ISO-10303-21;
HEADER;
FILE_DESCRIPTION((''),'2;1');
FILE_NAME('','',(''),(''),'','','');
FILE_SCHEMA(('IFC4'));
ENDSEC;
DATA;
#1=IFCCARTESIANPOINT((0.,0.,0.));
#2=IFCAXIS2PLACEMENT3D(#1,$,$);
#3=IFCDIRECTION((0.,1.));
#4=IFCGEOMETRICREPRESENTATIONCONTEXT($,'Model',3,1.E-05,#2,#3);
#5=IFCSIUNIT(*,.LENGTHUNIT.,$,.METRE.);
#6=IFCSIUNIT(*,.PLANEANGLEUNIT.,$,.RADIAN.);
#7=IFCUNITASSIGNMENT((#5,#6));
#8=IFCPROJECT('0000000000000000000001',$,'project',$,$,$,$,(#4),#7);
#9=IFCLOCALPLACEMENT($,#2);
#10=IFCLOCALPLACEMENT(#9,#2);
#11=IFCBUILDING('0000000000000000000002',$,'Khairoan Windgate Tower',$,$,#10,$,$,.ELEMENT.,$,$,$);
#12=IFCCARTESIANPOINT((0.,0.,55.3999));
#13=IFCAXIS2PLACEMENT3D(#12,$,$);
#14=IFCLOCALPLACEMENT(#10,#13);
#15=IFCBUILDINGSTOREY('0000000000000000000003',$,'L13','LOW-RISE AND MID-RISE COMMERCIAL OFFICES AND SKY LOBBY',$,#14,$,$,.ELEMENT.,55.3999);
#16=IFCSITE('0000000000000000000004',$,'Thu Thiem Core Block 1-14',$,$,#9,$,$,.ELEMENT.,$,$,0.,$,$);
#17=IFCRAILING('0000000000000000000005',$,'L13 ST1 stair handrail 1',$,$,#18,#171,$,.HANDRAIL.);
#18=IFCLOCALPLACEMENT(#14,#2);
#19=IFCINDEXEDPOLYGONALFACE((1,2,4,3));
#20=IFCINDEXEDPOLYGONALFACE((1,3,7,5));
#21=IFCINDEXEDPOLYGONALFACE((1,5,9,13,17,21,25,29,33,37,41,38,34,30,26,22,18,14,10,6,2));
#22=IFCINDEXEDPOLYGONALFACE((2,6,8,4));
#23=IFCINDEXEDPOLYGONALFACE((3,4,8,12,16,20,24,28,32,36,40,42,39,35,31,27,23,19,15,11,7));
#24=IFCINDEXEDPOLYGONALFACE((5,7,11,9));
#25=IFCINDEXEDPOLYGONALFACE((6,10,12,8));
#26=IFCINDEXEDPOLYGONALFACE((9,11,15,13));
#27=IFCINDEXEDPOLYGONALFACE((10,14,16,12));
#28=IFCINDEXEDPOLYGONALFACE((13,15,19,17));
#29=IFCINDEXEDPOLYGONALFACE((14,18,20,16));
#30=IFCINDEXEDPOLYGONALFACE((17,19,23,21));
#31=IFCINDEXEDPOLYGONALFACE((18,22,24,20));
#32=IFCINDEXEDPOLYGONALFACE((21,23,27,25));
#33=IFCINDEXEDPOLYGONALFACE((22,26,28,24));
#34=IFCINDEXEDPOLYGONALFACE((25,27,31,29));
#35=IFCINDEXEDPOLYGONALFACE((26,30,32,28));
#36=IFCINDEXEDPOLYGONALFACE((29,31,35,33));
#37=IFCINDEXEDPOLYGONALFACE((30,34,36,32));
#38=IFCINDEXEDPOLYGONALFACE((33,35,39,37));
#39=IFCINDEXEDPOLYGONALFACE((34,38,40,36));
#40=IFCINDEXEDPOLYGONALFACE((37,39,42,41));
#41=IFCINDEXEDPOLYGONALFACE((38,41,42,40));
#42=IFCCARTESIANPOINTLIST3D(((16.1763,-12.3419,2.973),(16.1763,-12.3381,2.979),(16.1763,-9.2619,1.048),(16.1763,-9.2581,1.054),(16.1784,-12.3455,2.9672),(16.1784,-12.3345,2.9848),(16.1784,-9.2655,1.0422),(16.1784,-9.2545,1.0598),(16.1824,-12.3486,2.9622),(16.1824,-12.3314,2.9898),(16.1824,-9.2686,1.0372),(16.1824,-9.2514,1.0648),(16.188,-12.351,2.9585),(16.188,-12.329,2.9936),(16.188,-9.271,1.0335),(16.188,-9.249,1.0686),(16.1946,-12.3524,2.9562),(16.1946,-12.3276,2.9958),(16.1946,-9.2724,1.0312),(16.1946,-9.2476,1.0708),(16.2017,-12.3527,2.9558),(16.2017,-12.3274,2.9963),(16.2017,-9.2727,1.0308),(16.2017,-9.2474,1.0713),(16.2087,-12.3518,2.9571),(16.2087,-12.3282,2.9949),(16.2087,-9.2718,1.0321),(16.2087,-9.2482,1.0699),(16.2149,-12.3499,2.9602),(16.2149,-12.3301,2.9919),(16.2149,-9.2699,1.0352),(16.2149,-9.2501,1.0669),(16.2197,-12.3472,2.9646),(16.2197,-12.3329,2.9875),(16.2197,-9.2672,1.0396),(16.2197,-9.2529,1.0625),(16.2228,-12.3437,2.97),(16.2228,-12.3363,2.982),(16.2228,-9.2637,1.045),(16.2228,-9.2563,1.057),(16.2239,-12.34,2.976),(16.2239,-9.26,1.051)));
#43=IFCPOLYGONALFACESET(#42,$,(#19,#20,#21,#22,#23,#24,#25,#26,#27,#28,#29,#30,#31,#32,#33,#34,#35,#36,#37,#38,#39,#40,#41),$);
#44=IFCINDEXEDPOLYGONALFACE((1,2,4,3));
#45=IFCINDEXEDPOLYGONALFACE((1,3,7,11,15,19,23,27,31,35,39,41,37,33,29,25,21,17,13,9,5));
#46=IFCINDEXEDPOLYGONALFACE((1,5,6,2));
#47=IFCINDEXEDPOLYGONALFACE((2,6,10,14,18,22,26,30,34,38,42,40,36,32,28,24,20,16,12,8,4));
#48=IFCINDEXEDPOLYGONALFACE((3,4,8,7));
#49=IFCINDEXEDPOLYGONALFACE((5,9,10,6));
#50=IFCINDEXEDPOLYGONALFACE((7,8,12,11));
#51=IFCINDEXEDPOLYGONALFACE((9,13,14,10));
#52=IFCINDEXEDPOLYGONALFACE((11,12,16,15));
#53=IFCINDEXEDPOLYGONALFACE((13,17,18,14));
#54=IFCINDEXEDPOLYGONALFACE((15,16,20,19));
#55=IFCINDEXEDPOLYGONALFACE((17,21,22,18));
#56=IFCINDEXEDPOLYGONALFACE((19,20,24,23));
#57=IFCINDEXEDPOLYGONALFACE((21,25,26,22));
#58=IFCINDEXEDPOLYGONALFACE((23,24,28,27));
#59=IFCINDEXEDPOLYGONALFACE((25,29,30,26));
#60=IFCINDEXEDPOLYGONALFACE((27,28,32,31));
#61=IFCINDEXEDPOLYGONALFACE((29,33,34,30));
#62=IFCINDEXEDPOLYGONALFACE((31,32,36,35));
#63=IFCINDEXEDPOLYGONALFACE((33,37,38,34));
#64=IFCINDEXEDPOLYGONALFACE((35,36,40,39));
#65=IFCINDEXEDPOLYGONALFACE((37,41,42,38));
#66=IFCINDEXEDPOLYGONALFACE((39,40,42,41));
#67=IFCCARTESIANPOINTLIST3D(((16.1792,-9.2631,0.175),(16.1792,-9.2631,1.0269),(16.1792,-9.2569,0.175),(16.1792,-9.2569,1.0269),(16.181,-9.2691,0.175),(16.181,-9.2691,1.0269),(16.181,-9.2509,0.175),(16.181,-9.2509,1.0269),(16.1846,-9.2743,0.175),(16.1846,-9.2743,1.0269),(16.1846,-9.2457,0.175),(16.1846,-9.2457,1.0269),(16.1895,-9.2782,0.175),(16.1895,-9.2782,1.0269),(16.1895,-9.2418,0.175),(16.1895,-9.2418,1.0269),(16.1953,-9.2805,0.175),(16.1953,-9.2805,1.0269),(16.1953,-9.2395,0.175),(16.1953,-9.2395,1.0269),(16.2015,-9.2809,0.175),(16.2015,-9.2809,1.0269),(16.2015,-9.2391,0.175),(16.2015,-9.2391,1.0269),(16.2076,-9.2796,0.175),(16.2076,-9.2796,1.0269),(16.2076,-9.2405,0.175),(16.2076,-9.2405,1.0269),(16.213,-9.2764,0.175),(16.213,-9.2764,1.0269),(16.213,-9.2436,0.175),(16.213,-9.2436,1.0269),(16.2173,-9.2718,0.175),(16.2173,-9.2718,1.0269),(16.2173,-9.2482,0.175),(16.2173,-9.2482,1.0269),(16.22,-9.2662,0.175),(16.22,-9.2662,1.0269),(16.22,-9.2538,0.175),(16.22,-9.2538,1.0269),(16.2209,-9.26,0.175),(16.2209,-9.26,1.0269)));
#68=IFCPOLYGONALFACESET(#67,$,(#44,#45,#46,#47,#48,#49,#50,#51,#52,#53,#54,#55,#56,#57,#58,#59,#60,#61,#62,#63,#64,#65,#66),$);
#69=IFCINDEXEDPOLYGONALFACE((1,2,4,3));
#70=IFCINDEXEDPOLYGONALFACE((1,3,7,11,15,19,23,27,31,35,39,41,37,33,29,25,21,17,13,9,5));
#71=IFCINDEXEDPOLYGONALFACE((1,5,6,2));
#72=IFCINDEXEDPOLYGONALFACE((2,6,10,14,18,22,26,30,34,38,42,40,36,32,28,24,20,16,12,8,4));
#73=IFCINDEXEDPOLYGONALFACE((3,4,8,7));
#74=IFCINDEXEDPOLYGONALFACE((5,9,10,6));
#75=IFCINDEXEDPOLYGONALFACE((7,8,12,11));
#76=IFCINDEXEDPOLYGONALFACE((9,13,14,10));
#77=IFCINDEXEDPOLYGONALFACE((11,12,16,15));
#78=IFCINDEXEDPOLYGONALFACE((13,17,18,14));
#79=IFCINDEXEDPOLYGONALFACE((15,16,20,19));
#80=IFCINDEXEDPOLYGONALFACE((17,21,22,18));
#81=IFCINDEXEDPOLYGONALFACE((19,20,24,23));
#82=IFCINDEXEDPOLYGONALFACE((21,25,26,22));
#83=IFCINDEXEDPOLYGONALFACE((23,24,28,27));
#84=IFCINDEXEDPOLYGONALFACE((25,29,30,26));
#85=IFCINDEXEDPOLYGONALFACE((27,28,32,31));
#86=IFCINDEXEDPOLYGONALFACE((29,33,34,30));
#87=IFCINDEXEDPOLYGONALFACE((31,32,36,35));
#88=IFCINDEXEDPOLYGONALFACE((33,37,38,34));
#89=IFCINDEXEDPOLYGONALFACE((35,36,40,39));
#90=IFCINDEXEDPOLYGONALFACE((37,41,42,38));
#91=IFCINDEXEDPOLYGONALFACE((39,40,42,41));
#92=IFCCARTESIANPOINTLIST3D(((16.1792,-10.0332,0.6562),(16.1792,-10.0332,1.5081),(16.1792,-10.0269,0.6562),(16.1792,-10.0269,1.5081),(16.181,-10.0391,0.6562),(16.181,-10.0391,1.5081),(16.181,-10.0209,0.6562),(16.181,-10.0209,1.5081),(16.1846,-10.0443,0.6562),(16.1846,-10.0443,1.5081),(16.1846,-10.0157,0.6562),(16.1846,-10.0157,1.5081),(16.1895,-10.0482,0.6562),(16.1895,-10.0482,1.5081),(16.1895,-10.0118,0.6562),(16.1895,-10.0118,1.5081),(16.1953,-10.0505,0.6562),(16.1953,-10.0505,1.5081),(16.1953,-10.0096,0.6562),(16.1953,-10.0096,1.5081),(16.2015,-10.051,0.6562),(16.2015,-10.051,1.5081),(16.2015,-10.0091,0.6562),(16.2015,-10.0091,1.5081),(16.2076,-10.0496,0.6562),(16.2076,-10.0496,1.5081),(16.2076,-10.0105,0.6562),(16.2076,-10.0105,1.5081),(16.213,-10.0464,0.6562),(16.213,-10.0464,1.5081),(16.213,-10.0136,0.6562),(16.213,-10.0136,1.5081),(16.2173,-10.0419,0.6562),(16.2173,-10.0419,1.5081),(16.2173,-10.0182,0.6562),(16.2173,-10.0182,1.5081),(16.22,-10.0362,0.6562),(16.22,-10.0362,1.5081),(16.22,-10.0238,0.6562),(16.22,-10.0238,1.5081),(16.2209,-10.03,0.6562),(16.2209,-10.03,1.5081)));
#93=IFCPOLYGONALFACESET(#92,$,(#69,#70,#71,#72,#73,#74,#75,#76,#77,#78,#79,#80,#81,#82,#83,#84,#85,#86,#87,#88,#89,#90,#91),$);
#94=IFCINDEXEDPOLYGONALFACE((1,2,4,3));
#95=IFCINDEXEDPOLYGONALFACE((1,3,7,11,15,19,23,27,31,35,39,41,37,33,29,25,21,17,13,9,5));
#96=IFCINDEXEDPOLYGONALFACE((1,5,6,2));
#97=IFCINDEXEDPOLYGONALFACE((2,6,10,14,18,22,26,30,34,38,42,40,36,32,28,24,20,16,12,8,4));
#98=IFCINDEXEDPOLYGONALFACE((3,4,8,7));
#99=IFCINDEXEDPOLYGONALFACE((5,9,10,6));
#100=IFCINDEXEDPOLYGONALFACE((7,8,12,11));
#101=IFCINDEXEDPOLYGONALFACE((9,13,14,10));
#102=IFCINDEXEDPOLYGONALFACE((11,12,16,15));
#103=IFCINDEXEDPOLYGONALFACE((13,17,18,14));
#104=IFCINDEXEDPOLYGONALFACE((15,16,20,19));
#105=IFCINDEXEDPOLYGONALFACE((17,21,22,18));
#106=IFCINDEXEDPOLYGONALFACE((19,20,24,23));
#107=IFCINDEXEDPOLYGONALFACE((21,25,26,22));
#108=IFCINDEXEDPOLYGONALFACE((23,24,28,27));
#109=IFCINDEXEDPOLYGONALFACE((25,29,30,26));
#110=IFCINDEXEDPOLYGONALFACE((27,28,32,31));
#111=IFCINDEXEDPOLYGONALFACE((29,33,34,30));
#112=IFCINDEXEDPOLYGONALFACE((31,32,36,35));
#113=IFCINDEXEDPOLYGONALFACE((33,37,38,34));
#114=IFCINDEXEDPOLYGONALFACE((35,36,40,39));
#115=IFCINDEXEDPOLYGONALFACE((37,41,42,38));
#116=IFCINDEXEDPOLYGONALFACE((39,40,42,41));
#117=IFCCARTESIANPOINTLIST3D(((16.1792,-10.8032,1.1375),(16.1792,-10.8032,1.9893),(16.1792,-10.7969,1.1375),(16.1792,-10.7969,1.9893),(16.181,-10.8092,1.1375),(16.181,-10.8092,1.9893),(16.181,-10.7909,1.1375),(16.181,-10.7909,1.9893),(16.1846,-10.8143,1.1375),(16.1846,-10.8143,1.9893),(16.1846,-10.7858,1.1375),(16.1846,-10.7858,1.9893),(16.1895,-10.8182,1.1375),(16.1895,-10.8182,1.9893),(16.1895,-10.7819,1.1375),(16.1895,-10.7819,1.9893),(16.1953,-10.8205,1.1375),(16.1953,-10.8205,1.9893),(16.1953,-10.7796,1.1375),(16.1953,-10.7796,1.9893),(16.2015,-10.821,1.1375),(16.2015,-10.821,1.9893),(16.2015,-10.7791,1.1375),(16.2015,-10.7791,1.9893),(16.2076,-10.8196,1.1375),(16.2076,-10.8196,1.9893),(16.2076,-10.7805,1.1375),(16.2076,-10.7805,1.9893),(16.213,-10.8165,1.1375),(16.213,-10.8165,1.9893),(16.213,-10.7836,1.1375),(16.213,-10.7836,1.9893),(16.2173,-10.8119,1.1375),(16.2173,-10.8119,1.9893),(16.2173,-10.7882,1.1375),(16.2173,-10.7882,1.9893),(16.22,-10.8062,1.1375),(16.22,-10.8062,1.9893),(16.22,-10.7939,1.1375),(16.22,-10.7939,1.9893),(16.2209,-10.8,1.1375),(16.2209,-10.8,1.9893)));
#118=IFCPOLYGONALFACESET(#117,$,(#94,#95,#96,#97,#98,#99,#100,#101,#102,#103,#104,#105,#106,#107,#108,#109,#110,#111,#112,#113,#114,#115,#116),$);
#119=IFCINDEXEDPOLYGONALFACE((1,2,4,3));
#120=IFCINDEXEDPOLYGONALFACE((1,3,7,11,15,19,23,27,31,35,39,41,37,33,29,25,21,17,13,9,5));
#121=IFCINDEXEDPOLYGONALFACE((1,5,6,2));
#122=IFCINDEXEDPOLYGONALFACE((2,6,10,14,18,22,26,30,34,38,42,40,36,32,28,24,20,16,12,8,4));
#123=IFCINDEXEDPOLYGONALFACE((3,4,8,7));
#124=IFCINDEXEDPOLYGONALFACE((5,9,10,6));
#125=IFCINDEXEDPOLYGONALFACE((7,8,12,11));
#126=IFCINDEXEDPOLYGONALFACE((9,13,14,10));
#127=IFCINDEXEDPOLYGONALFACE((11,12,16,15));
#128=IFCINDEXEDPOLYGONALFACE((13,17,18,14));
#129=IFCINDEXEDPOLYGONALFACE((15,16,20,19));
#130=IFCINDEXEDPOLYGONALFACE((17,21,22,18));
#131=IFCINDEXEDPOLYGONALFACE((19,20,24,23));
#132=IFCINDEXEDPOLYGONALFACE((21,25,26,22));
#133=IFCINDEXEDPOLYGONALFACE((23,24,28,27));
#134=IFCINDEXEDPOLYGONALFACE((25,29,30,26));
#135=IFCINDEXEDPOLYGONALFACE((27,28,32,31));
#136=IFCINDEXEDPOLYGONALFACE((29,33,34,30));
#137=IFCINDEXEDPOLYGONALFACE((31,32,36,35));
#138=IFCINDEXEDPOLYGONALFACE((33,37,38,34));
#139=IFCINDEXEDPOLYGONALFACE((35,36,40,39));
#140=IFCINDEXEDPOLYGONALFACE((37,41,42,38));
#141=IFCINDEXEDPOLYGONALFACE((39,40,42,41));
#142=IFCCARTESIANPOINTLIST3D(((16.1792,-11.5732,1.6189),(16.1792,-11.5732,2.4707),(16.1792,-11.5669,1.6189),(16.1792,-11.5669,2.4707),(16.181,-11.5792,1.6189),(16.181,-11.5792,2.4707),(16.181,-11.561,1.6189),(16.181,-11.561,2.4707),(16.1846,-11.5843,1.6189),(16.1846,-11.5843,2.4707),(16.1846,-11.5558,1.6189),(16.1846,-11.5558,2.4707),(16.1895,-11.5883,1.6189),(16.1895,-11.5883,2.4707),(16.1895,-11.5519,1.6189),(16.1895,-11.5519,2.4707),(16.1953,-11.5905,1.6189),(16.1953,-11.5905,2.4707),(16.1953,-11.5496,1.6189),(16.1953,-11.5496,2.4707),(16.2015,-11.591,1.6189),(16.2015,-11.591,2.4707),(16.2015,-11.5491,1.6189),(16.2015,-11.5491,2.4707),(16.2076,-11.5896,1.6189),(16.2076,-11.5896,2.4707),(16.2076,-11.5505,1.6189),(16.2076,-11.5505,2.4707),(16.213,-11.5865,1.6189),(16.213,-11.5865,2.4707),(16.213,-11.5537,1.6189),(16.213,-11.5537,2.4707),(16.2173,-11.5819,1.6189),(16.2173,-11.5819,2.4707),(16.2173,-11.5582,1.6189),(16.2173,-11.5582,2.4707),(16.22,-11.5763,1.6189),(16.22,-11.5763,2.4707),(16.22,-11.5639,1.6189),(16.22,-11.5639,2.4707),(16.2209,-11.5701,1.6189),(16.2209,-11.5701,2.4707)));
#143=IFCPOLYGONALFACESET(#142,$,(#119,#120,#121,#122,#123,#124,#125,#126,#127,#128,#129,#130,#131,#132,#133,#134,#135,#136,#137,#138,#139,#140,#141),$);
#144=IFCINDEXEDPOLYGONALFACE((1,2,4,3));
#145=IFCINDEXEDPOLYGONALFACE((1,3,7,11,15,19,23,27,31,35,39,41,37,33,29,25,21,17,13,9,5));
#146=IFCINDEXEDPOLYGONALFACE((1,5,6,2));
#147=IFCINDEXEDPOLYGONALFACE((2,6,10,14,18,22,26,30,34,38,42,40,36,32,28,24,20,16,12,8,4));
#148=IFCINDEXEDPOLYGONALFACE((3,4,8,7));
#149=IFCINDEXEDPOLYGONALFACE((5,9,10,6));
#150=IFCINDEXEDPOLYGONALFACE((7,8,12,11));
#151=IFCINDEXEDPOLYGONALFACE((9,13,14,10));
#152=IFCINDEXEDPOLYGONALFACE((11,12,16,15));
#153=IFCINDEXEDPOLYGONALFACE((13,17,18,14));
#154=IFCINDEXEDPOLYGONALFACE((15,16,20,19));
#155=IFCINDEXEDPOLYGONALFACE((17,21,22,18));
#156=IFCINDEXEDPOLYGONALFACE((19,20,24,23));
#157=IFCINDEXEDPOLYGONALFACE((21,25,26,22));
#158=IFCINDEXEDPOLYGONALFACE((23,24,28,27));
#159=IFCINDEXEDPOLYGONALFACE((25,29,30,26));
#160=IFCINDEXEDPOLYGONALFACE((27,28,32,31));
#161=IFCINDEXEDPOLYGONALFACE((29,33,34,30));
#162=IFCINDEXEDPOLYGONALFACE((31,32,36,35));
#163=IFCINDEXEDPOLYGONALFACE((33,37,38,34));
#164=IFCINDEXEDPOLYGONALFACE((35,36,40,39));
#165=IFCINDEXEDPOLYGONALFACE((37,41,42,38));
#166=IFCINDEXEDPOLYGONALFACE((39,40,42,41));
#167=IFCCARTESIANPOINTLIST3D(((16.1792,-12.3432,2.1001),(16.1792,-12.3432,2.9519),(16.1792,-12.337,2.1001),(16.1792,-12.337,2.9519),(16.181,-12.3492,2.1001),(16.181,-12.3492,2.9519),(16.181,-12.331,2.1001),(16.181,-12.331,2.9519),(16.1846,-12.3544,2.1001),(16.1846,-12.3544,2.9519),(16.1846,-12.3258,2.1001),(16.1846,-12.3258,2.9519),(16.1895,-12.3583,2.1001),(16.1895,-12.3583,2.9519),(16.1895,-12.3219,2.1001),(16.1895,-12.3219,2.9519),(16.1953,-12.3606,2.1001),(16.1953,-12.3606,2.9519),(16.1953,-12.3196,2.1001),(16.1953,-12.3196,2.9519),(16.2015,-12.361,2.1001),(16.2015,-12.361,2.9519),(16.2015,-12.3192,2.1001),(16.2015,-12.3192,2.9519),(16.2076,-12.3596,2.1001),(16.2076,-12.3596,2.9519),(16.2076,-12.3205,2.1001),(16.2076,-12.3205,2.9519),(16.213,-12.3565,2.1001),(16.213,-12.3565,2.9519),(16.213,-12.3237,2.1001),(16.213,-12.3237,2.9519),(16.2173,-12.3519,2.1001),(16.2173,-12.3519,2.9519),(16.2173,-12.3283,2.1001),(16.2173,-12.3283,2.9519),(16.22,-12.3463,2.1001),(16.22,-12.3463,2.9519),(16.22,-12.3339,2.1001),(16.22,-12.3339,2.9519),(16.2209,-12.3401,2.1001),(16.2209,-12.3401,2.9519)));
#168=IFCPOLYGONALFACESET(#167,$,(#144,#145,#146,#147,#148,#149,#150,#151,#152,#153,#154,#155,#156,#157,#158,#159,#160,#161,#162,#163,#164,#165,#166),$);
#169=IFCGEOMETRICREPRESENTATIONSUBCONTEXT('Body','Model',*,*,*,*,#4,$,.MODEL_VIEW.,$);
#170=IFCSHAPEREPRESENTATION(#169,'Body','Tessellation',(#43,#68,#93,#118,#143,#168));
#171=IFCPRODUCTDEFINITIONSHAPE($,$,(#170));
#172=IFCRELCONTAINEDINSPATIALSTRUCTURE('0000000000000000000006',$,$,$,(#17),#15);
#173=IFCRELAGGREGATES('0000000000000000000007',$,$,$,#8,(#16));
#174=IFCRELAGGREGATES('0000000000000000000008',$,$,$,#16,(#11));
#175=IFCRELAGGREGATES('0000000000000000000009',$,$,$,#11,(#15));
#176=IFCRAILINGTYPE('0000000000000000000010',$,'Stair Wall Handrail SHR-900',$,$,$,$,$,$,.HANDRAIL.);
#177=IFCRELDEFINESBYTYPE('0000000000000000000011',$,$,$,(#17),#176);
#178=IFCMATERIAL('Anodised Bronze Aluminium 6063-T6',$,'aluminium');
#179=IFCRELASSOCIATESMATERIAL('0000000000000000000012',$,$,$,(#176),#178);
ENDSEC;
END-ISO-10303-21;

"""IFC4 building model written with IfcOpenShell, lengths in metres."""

from ifc_helpers import new_model, si_unit, direction, frame, origin, origin_2d, place, context, subcontext, project, spatial, circle, extrude, material, type_object, element, save


model = new_model("IFC4")

# Units and contexts
model_context = context("Model", 3, precision=1e-05, world=origin(), true_north=direction((0.0, 1.0)))
body_context = subcontext(model_context, "Body", "Model", "MODEL_VIEW")
ifc_project = project(units=[si_unit("LENGTHUNIT", "METRE"), si_unit("PLANEANGLEUNIT", "RADIAN")], contexts=[model_context])

# Site, building, storey
site_placement = place(None, origin())
site = spatial("IfcSite", under=ifc_project, at=site_placement, Name="Thu Thiem Core Block 1-14", CompositionType="ELEMENT", RefElevation=0.0)
building_placement = place(site_placement, origin())
building = spatial("IfcBuilding", under=site, at=building_placement, Name="Khairoan Windgate Tower", CompositionType="ELEMENT")
storey_placement = place(building_placement, frame((0.0, 0.0, 55.3999)))
storey = spatial("IfcBuildingStorey", under=building, at=storey_placement, Name="L13", Description="LOW-RISE AND MID-RISE COMMERCIAL OFFICES AND SKY LOBBY", CompositionType="ELEMENT", Elevation=55.3999)

# Railing
ifc_material_1 = material(Name="Anodised Bronze Aluminium 6063-T6", Category="aluminium")
railing_type_1 = type_object("IfcRailingType", Name="Stair Wall Handrail SHR-900", PredefinedType="HANDRAIL", material=ifc_material_1)
railing_1_placement = place(storey_placement, frame((16.2, -9.26, 0.175)))
element("IfcRailing", 1, at=railing_1_placement, inside=storey, type_object=railing_type_1, Name="L13 ST1 stair handrail 1", PredefinedType="HANDRAIL", context=body_context, shape_type="SweptSolid", body=[
    extrude(circle(Radius=0.0239, at=origin_2d()), frame((0.0, 0.0, 0.876), z_axis=(0.0, -0.847998, 0.529999), x_axis=(1.0, 0.0, 0.0)), (0.0, 0.0, 1.0), 3.6321),
    extrude(circle(Radius=0.021, at=origin_2d()), origin(), (0.0, 0.0, 1.0), 0.8518),
    extrude(circle(Radius=0.021, at=origin_2d()), frame((0.0, -0.77, 0.4812)), (0.0, 0.0, 1.0), 0.8518),
    extrude(circle(Radius=0.021, at=origin_2d()), frame((0.0, -1.54, 0.9624)), (0.0, 0.0, 1.0), 0.8518),
    extrude(circle(Radius=0.021, at=origin_2d()), frame((0.0, -2.3101, 1.4438)), (0.0, 0.0, 1.0), 0.8518),
    extrude(circle(Radius=0.021, at=origin_2d()), frame((0.0, -3.0801, 1.925)), (0.0, 0.0, 1.0), 0.8518),
])

save(model, "model.ifc")
